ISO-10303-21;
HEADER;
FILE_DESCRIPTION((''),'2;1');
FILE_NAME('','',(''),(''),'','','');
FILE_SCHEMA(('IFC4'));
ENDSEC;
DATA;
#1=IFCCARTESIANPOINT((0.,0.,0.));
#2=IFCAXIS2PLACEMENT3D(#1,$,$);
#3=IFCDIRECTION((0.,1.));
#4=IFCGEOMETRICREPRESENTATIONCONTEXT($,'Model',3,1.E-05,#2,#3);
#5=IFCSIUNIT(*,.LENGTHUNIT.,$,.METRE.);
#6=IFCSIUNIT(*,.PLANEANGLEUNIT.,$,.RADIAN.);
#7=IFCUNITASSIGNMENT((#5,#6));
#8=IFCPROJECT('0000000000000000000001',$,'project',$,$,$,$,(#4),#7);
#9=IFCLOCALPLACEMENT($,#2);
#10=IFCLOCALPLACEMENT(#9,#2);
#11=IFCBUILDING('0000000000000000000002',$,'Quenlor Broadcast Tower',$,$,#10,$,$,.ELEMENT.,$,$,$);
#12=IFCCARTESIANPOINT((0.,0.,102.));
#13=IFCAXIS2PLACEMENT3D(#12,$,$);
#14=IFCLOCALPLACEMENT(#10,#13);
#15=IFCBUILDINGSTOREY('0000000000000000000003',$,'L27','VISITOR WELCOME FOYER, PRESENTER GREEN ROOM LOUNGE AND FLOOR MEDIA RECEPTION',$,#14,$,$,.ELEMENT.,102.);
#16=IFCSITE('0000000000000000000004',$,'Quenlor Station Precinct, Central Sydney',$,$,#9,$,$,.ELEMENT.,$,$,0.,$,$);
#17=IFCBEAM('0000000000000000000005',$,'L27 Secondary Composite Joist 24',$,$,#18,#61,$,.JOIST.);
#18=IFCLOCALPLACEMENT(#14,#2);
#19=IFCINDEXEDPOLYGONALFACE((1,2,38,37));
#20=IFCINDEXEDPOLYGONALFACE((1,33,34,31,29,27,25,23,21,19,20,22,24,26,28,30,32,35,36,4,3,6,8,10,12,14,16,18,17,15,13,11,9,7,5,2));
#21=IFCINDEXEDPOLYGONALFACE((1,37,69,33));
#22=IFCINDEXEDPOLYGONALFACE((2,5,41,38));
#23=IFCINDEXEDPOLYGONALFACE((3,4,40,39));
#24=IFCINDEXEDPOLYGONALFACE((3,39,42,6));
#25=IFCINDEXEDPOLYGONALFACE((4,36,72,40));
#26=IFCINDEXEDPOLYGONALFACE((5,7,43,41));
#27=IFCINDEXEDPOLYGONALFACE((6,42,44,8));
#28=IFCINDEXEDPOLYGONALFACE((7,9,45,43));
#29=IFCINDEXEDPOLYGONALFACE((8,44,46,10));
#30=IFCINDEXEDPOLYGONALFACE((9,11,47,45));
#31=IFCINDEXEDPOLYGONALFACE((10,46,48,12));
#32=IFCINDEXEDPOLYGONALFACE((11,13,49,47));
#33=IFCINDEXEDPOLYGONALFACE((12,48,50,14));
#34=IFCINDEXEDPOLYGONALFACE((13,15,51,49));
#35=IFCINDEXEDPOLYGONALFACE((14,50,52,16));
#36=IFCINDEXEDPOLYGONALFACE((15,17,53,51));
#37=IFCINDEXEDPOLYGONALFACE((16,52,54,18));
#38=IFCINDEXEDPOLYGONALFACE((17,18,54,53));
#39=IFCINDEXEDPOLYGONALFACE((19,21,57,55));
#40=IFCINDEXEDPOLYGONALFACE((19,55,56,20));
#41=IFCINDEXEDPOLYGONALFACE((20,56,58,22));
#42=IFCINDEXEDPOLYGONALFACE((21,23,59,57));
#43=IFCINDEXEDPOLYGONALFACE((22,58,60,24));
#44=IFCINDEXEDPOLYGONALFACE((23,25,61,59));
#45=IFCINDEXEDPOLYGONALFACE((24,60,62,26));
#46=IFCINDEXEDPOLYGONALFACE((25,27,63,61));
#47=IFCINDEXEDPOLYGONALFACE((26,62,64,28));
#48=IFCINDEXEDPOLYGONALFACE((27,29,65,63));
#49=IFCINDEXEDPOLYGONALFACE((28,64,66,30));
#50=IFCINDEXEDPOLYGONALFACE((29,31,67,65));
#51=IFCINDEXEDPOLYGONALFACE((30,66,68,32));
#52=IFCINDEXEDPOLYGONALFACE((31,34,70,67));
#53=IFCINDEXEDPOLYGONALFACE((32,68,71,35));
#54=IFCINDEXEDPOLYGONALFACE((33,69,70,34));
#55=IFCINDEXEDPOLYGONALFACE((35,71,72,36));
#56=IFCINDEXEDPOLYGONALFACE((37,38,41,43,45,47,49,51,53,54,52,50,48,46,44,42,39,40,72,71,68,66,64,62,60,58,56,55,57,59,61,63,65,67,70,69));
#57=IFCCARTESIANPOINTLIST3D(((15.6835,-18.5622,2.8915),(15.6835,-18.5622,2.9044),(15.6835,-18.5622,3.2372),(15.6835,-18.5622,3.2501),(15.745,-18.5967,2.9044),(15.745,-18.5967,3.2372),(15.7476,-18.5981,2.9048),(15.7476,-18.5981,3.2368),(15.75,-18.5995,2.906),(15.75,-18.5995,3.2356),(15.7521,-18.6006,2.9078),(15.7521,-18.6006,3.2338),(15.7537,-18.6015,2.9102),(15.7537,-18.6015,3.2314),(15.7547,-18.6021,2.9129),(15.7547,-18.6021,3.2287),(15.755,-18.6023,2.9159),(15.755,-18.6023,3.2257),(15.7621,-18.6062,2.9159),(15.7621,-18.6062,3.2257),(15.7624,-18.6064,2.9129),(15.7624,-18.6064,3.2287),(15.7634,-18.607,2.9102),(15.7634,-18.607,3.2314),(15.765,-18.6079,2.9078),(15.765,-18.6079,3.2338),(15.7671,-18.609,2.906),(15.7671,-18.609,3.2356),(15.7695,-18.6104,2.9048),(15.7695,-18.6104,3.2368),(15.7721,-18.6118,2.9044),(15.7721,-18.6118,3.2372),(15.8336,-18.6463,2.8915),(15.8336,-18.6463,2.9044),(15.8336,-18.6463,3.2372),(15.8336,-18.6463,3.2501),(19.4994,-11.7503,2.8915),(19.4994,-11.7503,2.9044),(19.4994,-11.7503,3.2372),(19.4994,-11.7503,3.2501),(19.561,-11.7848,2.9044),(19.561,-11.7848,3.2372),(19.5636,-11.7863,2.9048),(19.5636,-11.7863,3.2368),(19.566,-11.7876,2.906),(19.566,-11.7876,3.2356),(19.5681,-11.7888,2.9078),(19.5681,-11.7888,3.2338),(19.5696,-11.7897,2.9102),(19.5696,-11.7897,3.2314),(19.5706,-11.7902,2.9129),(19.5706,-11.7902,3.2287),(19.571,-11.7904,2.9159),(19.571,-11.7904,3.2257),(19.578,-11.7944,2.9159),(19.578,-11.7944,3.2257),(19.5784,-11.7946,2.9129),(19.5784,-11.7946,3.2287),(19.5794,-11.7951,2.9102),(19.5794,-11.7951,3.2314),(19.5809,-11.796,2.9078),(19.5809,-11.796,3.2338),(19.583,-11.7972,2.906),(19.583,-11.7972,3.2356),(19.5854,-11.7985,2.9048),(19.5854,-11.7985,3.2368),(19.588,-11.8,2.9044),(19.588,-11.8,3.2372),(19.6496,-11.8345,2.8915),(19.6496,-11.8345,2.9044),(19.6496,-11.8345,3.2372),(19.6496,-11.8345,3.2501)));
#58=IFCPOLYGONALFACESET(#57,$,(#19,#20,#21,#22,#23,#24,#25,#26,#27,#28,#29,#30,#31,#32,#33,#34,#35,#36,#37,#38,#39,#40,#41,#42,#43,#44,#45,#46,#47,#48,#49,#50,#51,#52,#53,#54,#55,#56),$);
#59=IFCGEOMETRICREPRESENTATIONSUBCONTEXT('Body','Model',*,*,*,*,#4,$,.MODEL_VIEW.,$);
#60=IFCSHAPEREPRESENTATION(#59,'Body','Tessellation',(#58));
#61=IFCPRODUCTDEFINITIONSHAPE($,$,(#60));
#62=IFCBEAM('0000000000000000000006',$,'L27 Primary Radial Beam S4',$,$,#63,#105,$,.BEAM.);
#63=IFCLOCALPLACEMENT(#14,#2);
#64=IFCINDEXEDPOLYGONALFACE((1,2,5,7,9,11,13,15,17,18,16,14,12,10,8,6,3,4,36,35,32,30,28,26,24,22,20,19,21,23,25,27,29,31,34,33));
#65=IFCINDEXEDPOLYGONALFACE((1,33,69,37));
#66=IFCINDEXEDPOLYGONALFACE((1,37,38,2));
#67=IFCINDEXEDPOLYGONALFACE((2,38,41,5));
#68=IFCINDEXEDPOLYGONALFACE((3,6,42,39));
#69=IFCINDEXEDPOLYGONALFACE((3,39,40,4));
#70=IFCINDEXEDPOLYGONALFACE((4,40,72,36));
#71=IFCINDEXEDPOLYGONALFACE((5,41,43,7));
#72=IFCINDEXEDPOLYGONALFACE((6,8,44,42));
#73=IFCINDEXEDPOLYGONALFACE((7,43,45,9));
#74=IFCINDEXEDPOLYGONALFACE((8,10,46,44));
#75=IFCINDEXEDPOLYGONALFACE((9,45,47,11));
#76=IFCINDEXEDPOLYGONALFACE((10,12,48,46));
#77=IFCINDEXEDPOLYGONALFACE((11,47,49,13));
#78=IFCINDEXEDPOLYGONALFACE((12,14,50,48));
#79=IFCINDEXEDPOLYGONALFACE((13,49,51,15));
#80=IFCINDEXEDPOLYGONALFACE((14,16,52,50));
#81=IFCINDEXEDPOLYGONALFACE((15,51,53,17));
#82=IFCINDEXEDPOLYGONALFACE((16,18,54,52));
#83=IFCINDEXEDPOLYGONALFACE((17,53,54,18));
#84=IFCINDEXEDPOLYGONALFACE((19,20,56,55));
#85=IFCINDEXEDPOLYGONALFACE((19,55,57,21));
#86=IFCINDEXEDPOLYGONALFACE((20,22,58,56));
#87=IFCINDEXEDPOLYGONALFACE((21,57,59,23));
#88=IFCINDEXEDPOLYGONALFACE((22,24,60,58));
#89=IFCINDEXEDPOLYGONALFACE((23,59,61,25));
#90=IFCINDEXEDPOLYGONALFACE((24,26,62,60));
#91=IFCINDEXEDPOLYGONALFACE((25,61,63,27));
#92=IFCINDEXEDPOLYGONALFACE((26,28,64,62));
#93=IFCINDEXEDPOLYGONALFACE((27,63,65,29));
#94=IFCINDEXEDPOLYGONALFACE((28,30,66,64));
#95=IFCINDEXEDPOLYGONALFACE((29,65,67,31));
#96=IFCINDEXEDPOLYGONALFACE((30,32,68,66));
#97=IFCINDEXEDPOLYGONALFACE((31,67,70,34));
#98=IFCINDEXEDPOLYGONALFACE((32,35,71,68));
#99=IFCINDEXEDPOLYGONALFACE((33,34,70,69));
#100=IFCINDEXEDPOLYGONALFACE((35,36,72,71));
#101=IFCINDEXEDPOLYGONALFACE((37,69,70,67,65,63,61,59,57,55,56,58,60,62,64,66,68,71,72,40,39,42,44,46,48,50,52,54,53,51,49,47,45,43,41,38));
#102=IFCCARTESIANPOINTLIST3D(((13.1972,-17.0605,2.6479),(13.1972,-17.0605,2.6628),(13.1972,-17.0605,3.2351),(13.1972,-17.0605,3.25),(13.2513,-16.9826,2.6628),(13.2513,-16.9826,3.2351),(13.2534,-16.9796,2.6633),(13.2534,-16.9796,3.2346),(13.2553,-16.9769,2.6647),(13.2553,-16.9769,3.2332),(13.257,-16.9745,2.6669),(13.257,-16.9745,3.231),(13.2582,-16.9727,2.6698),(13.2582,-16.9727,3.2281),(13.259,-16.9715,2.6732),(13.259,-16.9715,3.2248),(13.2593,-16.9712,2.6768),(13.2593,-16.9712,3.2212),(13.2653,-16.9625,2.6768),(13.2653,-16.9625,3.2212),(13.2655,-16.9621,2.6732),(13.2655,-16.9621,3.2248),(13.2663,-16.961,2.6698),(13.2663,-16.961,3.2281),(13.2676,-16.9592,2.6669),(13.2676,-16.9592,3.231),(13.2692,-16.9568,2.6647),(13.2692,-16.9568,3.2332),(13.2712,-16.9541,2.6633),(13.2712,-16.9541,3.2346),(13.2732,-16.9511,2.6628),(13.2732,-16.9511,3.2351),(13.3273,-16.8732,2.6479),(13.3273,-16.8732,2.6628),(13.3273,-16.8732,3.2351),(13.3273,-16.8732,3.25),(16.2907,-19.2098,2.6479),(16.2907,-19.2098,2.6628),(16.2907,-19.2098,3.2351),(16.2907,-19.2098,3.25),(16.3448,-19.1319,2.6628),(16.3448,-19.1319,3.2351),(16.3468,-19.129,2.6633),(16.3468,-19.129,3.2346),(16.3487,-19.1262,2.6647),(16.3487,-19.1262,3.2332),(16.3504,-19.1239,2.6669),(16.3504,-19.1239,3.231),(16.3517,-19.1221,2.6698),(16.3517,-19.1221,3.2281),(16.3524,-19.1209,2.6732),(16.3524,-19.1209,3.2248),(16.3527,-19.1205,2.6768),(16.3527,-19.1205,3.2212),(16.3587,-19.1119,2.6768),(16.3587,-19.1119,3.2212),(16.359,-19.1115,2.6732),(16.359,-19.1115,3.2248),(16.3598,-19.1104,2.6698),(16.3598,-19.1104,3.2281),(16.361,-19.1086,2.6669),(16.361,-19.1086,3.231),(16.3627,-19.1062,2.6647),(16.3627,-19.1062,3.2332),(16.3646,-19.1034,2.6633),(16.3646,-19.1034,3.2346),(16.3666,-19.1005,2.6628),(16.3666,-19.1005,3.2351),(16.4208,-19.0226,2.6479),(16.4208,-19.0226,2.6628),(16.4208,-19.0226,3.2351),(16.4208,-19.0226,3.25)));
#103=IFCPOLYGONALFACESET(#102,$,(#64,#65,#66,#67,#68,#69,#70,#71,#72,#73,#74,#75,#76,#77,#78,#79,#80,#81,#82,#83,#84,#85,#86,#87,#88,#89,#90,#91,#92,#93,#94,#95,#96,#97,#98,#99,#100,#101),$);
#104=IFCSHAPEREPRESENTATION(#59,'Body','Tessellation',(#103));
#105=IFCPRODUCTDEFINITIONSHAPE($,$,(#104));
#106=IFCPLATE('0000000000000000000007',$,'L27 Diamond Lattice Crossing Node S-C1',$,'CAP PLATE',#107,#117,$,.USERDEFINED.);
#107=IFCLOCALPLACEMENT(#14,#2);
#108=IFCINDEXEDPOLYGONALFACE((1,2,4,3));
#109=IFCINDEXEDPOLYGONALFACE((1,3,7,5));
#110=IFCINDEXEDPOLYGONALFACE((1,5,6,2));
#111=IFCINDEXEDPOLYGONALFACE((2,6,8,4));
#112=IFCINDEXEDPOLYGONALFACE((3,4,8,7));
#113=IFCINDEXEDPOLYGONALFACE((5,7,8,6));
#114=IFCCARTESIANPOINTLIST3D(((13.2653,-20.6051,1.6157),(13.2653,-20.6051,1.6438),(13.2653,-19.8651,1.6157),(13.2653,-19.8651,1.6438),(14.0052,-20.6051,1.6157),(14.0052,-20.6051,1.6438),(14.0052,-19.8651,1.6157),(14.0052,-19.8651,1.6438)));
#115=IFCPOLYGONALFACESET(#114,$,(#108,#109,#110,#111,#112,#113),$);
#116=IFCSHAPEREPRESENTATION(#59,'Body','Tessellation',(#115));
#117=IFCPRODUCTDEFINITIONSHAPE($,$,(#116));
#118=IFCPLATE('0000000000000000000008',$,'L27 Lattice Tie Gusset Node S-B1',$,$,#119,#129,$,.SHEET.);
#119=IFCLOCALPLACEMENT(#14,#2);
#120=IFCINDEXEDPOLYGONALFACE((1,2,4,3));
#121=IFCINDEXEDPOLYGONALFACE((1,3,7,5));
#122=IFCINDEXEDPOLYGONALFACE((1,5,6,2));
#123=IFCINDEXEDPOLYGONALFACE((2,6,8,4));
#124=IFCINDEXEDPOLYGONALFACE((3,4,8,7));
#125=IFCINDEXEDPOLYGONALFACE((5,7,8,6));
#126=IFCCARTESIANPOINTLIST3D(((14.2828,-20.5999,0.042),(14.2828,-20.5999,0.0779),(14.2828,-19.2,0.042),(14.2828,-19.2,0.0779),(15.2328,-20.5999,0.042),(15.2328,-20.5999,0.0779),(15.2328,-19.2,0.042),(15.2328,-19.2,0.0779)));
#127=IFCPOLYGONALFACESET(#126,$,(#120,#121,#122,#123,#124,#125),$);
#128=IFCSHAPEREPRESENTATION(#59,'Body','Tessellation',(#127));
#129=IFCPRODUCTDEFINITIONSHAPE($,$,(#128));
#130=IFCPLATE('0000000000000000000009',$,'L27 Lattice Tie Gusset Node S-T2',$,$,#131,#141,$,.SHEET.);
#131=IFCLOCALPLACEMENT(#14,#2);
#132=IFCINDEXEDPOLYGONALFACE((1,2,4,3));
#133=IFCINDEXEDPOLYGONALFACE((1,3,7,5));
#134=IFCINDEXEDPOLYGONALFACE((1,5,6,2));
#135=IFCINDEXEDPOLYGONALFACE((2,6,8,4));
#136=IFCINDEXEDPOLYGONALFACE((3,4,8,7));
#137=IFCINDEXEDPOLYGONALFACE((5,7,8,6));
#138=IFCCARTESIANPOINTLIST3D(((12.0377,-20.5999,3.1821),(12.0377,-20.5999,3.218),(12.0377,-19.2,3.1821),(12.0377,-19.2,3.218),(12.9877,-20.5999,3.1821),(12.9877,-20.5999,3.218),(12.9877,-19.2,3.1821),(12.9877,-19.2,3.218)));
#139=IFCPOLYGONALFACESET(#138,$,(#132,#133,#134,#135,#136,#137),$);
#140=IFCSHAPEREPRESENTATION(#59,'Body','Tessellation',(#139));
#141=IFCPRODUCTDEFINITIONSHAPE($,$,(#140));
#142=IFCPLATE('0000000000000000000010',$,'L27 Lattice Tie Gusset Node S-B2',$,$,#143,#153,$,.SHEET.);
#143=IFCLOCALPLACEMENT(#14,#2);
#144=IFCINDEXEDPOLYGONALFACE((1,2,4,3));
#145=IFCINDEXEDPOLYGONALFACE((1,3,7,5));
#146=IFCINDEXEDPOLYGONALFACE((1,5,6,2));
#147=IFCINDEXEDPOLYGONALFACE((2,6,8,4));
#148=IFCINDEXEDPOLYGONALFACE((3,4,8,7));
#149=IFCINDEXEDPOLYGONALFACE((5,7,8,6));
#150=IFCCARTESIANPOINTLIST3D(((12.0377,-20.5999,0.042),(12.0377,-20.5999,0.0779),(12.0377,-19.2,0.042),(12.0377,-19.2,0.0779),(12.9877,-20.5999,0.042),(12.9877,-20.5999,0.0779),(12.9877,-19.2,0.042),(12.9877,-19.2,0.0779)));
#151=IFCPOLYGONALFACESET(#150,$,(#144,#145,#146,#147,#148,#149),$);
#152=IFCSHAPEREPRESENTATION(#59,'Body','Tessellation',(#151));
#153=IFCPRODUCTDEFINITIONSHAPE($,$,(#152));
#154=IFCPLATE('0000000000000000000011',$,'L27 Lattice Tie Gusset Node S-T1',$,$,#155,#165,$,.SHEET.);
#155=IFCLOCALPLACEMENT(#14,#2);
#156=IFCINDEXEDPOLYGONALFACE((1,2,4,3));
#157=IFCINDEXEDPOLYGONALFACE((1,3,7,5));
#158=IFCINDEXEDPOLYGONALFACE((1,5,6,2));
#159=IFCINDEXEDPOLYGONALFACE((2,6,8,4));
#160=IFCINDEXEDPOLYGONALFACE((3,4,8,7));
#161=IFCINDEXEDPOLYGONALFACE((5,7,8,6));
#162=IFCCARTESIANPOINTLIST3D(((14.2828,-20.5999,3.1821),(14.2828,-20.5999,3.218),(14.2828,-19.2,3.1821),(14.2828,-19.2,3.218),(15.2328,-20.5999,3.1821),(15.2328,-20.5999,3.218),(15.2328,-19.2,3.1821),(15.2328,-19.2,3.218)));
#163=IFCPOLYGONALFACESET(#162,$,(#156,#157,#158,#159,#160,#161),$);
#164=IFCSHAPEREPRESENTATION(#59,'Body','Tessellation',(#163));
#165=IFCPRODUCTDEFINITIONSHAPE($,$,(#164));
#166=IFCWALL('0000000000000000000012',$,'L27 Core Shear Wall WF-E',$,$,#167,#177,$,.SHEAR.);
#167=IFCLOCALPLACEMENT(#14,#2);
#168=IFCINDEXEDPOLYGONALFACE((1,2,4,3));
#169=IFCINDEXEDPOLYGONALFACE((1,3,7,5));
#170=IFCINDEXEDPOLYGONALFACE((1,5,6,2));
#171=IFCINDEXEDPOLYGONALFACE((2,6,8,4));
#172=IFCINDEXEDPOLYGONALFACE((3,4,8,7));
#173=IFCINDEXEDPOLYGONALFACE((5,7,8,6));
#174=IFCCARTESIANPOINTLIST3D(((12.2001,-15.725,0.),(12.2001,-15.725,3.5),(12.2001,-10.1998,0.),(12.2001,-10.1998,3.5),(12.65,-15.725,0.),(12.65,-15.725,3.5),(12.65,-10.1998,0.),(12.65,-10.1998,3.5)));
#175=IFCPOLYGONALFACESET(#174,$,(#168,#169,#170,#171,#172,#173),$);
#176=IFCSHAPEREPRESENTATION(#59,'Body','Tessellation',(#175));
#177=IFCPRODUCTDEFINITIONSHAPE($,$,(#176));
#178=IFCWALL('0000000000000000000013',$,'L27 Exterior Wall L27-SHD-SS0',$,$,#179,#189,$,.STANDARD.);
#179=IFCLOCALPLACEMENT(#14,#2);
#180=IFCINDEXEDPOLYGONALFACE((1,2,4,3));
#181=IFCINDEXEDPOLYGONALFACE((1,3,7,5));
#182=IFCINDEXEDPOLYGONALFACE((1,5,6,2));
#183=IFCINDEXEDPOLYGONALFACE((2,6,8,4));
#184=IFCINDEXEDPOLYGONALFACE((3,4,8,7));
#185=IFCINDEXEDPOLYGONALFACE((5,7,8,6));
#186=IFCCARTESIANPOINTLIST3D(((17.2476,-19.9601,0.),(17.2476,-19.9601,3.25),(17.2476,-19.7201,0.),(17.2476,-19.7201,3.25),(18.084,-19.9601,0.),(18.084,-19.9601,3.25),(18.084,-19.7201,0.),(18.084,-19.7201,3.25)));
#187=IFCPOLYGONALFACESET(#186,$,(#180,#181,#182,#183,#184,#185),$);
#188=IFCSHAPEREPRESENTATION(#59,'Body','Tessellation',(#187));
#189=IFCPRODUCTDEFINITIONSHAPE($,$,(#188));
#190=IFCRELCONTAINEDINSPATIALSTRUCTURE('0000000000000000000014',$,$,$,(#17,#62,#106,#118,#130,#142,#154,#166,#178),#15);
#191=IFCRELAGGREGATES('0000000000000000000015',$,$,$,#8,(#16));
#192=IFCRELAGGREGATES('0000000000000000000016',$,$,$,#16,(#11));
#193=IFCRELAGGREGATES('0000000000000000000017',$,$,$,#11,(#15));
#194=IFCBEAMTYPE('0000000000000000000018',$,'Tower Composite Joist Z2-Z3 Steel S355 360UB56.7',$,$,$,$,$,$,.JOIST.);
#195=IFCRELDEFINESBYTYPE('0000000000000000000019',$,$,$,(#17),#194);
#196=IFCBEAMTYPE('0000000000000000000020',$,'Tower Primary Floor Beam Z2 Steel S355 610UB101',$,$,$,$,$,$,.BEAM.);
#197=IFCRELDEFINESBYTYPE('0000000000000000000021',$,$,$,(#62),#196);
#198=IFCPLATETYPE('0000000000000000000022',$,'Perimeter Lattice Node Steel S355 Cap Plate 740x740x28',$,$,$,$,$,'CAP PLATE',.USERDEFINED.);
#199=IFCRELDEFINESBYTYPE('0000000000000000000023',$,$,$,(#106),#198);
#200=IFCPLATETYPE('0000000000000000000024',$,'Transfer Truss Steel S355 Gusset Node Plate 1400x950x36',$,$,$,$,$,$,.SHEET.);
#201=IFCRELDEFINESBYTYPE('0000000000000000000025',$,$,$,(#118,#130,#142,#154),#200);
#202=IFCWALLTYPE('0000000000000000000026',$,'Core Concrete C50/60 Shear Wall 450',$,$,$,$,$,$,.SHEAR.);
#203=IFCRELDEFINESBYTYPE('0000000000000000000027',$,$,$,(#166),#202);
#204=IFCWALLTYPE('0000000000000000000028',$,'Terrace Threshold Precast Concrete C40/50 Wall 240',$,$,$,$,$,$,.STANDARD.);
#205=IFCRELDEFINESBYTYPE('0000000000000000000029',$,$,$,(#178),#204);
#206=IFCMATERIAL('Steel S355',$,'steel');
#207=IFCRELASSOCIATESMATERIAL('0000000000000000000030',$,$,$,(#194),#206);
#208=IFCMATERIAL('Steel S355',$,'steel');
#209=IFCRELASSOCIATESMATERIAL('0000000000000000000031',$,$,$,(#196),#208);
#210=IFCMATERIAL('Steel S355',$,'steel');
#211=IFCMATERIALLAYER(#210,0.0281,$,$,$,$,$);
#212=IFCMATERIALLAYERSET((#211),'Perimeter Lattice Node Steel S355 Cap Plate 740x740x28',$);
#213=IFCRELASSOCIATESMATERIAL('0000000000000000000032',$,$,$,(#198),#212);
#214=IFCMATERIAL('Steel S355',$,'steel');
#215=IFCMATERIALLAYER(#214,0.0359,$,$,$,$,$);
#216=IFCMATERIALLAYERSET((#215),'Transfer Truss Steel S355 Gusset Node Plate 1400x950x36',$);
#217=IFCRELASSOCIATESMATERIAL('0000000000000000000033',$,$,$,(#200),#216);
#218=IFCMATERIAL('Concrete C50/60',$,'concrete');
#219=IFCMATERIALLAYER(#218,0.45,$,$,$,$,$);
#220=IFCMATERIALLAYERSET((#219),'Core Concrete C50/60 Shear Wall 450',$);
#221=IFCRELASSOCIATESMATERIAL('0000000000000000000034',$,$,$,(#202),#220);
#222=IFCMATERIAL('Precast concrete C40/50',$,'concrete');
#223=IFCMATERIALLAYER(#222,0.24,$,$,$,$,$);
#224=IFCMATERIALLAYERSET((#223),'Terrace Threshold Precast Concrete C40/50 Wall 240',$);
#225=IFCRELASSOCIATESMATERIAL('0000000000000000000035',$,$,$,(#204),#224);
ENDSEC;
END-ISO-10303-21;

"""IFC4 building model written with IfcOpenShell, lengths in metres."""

from ifc_helpers import new_model, si_unit, direction, frame, frame_2d, origin, origin_2d, place, context, subcontext, project, spatial, rectangle, i_section, extrude, material, layer, layer_set, material_profile, profile_set, type_object, element, save


model = new_model("IFC4")

# Units and contexts
model_context = context("Model", 3, precision=1e-05, world=origin(), true_north=direction((0.0, 1.0)))
body_context = subcontext(model_context, "Body", "Model", "MODEL_VIEW")
ifc_project = project(units=[si_unit("LENGTHUNIT", "METRE"), si_unit("PLANEANGLEUNIT", "RADIAN")], contexts=[model_context])

# Site, building, storey
site_placement = place(None, origin())
site = spatial("IfcSite", under=ifc_project, at=site_placement, Name="Quenlor Station Precinct, Central Sydney", CompositionType="ELEMENT", RefElevation=0.0)
building_placement = place(site_placement, origin())
building = spatial("IfcBuilding", under=site, at=building_placement, Name="Quenlor Broadcast Tower", CompositionType="ELEMENT")
storey_placement = place(building_placement, frame((0.0, 0.0, 102.0)))
storey = spatial("IfcBuildingStorey", under=building, at=storey_placement, Name="L27", Description="VISITOR WELCOME FOYER, PRESENTER GREEN ROOM LOUNGE AND FLOOR MEDIA RECEPTION", CompositionType="ELEMENT", Elevation=102.0)

# Beams
ifc_material_1 = material(Name="Steel S355", Category="steel")
ifc_material_profile_1 = material_profile(ifc_material_1, i_section(OverallWidth=0.1721, OverallDepth=0.3586, WebThickness=0.0081, FlangeThickness=0.0129, FilletRadius=0.0115, at=origin_2d()))
ifc_profile_set_1 = profile_set([ifc_material_profile_1], Name="Steel S355 360UB56.7")
beam_type_1 = type_object("IfcBeamType", Name="Tower Composite Joist Z2-Z3 Steel S355 360UB56.7", PredefinedType="JOIST", material=ifc_profile_set_1)
beam_1_placement = place(storey_placement, frame((15.7585, -18.6042, 3.0708), z_axis=(0.488733, 0.872433, 0.0), x_axis=(-0.872433, 0.488733, 0.0)))
element("IfcBeam", 1, at=beam_1_placement, inside=storey, type_object=beam_type_1, Name="L27 Secondary Composite Joist 24", PredefinedType="JOIST", context=body_context, shape_type="SweptSolid", body=[
    extrude(i_section(OverallWidth=0.1721, OverallDepth=0.3586, WebThickness=0.0081, FlangeThickness=0.0129, FilletRadius=0.0115, at=origin_2d()), origin(), (0.0, 0.0, 1.0), 7.8079),
])
ifc_material_2 = material(Name="Steel S355", Category="steel")
ifc_material_profile_2 = material_profile(ifc_material_2, i_section(OverallWidth=0.228, OverallDepth=0.6021, WebThickness=0.0105, FlangeThickness=0.0149, FilletRadius=0.0139, at=origin_2d()))
ifc_profile_set_2 = profile_set([ifc_material_profile_2], Name="Steel S355 610UB101")
beam_type_2 = type_object("IfcBeamType", Name="Tower Primary Floor Beam Z2 Steel S355 610UB101", PredefinedType="BEAM", material=ifc_profile_set_2)
beam_2_placement = place(storey_placement, frame((16.3557, -19.1162, 2.949), z_axis=(-0.821227, 0.570601, 0.0), x_axis=(-0.570601, -0.821227, 0.0)))
element("IfcBeam", 2, at=beam_2_placement, inside=storey, type_object=beam_type_2, Name="L27 Primary Radial Beam S4", PredefinedType="BEAM", context=body_context, shape_type="SweptSolid", body=[
    extrude(i_section(OverallWidth=0.228, OverallDepth=0.6021, WebThickness=0.0105, FlangeThickness=0.0149, FilletRadius=0.0139, at=origin_2d()), origin(), (0.0, 0.0, 1.0), 3.7668),
])

# Plates
ifc_material_3 = material(Name="Steel S355", Category="steel")
ifc_layer_1 = layer(ifc_material_3, 0.0281)
ifc_layer_set_1 = layer_set([ifc_layer_1], Name="Perimeter Lattice Node Steel S355 Cap Plate 740x740x28")
plate_type_1 = type_object("IfcPlateType", Name="Perimeter Lattice Node Steel S355 Cap Plate 740x740x28", ElementType="CAP PLATE", PredefinedType="USERDEFINED", material=ifc_layer_set_1)
plate_placement = place(storey_placement, frame((13.6353, -20.2351, 1.6157), z_axis=(0.0, 0.0, 1.0), x_axis=(-1.0, 0.0, 0.0)))
element("IfcPlate", 3, at=plate_placement, inside=storey, type_object=plate_type_1, Name="L27 Diamond Lattice Crossing Node S-C1", ObjectType="CAP PLATE", PredefinedType="USERDEFINED", context=body_context, shape_type="SweptSolid", body=[
    extrude(rectangle(XDim=0.74, YDim=0.74, at=origin_2d()), origin(), (0.0, 0.0, 1.0), 0.0281),
])
ifc_material_4 = material(Name="Steel S355", Category="steel")
ifc_layer_2 = layer(ifc_material_4, 0.0359)
ifc_layer_set_2 = layer_set([ifc_layer_2], Name="Transfer Truss Steel S355 Gusset Node Plate 1400x950x36")
plate_type_2 = type_object("IfcPlateType", Name="Transfer Truss Steel S355 Gusset Node Plate 1400x950x36", PredefinedType="SHEET", material=ifc_layer_set_2)
for number, where, z_axis, x_axis, name in (
    (4, (14.7578, -19.8999, 0.042), (0.0, 0.0, 1.0), (0.0, -1.0, 0.0), "L27 Lattice Tie Gusset Node S-B1"),
    (5, (12.5127, -19.8999, 3.1821), (0.0, 0.0, 1.0), (0.0, -1.0, 0.0), "L27 Lattice Tie Gusset Node S-T2"),
    (6, (12.5127, -19.8999, 0.042), (0.0, 0.0, 1.0), (0.0, -1.0, 0.0), "L27 Lattice Tie Gusset Node S-B2"),
    (7, (14.7578, -19.8999, 3.1821), (0.0, 0.0, 1.0), (0.0, -1.0, 0.0), "L27 Lattice Tie Gusset Node S-T1"),
):
    element("IfcPlate", number, at=place(storey_placement, frame(where, z_axis=z_axis, x_axis=x_axis)), inside=storey, type_object=plate_type_2, Name=name, PredefinedType="SHEET", context=body_context, shape_type="SweptSolid", body=[
        extrude(rectangle(XDim=1.3999, YDim=0.95, at=origin_2d()), origin(), (0.0, 0.0, 1.0), 0.0359),
    ])

# Walls
ifc_material_5 = material(Name="Concrete C50/60", Category="concrete")
ifc_layer_3 = layer(ifc_material_5, 0.45)
ifc_layer_set_3 = layer_set([ifc_layer_3], Name="Core Concrete C50/60 Shear Wall 450")
wall_type_1 = type_object("IfcWallType", Name="Core Concrete C50/60 Shear Wall 450", PredefinedType="SHEAR", material=ifc_layer_set_3)
wall_1_placement = place(storey_placement, frame((12.425, -15.7251, 0.0), z_axis=(0.0, 0.0, 1.0), x_axis=(0.0, 1.0, 0.0)))
element("IfcWall", 8, at=wall_1_placement, inside=storey, type_object=wall_type_1, Name="L27 Core Shear Wall WF-E", PredefinedType="SHEAR", context=body_context, shape_type="SweptSolid", body=[
    extrude(rectangle(XDim=5.5251, YDim=0.45, at=frame_2d((2.7627, 0.0))), origin(), (0.0, 0.0, 1.0), 3.5),
])
ifc_material_6 = material(Name="Precast concrete C40/50", Category="concrete")
ifc_layer_4 = layer(ifc_material_6, 0.24)
ifc_layer_set_4 = layer_set([ifc_layer_4], Name="Terrace Threshold Precast Concrete C40/50 Wall 240")
wall_type_2 = type_object("IfcWallType", Name="Terrace Threshold Precast Concrete C40/50 Wall 240", PredefinedType="STANDARD", material=ifc_layer_set_4)
wall_2_placement = place(storey_placement, frame((18.084, -19.8401, 0.0), z_axis=(0.0, 0.0, 1.0), x_axis=(-1.0, 0.0, 0.0)))
element("IfcWall", 9, at=wall_2_placement, inside=storey, type_object=wall_type_2, Name="L27 Exterior Wall L27-SHD-SS0", PredefinedType="STANDARD", context=body_context, shape_type="SweptSolid", body=[
    extrude(rectangle(XDim=0.8364, YDim=0.24, at=frame_2d((0.4182, 0.0))), origin(), (0.0, 0.0, 1.0), 3.25),
])

save(model, "model.ifc")
